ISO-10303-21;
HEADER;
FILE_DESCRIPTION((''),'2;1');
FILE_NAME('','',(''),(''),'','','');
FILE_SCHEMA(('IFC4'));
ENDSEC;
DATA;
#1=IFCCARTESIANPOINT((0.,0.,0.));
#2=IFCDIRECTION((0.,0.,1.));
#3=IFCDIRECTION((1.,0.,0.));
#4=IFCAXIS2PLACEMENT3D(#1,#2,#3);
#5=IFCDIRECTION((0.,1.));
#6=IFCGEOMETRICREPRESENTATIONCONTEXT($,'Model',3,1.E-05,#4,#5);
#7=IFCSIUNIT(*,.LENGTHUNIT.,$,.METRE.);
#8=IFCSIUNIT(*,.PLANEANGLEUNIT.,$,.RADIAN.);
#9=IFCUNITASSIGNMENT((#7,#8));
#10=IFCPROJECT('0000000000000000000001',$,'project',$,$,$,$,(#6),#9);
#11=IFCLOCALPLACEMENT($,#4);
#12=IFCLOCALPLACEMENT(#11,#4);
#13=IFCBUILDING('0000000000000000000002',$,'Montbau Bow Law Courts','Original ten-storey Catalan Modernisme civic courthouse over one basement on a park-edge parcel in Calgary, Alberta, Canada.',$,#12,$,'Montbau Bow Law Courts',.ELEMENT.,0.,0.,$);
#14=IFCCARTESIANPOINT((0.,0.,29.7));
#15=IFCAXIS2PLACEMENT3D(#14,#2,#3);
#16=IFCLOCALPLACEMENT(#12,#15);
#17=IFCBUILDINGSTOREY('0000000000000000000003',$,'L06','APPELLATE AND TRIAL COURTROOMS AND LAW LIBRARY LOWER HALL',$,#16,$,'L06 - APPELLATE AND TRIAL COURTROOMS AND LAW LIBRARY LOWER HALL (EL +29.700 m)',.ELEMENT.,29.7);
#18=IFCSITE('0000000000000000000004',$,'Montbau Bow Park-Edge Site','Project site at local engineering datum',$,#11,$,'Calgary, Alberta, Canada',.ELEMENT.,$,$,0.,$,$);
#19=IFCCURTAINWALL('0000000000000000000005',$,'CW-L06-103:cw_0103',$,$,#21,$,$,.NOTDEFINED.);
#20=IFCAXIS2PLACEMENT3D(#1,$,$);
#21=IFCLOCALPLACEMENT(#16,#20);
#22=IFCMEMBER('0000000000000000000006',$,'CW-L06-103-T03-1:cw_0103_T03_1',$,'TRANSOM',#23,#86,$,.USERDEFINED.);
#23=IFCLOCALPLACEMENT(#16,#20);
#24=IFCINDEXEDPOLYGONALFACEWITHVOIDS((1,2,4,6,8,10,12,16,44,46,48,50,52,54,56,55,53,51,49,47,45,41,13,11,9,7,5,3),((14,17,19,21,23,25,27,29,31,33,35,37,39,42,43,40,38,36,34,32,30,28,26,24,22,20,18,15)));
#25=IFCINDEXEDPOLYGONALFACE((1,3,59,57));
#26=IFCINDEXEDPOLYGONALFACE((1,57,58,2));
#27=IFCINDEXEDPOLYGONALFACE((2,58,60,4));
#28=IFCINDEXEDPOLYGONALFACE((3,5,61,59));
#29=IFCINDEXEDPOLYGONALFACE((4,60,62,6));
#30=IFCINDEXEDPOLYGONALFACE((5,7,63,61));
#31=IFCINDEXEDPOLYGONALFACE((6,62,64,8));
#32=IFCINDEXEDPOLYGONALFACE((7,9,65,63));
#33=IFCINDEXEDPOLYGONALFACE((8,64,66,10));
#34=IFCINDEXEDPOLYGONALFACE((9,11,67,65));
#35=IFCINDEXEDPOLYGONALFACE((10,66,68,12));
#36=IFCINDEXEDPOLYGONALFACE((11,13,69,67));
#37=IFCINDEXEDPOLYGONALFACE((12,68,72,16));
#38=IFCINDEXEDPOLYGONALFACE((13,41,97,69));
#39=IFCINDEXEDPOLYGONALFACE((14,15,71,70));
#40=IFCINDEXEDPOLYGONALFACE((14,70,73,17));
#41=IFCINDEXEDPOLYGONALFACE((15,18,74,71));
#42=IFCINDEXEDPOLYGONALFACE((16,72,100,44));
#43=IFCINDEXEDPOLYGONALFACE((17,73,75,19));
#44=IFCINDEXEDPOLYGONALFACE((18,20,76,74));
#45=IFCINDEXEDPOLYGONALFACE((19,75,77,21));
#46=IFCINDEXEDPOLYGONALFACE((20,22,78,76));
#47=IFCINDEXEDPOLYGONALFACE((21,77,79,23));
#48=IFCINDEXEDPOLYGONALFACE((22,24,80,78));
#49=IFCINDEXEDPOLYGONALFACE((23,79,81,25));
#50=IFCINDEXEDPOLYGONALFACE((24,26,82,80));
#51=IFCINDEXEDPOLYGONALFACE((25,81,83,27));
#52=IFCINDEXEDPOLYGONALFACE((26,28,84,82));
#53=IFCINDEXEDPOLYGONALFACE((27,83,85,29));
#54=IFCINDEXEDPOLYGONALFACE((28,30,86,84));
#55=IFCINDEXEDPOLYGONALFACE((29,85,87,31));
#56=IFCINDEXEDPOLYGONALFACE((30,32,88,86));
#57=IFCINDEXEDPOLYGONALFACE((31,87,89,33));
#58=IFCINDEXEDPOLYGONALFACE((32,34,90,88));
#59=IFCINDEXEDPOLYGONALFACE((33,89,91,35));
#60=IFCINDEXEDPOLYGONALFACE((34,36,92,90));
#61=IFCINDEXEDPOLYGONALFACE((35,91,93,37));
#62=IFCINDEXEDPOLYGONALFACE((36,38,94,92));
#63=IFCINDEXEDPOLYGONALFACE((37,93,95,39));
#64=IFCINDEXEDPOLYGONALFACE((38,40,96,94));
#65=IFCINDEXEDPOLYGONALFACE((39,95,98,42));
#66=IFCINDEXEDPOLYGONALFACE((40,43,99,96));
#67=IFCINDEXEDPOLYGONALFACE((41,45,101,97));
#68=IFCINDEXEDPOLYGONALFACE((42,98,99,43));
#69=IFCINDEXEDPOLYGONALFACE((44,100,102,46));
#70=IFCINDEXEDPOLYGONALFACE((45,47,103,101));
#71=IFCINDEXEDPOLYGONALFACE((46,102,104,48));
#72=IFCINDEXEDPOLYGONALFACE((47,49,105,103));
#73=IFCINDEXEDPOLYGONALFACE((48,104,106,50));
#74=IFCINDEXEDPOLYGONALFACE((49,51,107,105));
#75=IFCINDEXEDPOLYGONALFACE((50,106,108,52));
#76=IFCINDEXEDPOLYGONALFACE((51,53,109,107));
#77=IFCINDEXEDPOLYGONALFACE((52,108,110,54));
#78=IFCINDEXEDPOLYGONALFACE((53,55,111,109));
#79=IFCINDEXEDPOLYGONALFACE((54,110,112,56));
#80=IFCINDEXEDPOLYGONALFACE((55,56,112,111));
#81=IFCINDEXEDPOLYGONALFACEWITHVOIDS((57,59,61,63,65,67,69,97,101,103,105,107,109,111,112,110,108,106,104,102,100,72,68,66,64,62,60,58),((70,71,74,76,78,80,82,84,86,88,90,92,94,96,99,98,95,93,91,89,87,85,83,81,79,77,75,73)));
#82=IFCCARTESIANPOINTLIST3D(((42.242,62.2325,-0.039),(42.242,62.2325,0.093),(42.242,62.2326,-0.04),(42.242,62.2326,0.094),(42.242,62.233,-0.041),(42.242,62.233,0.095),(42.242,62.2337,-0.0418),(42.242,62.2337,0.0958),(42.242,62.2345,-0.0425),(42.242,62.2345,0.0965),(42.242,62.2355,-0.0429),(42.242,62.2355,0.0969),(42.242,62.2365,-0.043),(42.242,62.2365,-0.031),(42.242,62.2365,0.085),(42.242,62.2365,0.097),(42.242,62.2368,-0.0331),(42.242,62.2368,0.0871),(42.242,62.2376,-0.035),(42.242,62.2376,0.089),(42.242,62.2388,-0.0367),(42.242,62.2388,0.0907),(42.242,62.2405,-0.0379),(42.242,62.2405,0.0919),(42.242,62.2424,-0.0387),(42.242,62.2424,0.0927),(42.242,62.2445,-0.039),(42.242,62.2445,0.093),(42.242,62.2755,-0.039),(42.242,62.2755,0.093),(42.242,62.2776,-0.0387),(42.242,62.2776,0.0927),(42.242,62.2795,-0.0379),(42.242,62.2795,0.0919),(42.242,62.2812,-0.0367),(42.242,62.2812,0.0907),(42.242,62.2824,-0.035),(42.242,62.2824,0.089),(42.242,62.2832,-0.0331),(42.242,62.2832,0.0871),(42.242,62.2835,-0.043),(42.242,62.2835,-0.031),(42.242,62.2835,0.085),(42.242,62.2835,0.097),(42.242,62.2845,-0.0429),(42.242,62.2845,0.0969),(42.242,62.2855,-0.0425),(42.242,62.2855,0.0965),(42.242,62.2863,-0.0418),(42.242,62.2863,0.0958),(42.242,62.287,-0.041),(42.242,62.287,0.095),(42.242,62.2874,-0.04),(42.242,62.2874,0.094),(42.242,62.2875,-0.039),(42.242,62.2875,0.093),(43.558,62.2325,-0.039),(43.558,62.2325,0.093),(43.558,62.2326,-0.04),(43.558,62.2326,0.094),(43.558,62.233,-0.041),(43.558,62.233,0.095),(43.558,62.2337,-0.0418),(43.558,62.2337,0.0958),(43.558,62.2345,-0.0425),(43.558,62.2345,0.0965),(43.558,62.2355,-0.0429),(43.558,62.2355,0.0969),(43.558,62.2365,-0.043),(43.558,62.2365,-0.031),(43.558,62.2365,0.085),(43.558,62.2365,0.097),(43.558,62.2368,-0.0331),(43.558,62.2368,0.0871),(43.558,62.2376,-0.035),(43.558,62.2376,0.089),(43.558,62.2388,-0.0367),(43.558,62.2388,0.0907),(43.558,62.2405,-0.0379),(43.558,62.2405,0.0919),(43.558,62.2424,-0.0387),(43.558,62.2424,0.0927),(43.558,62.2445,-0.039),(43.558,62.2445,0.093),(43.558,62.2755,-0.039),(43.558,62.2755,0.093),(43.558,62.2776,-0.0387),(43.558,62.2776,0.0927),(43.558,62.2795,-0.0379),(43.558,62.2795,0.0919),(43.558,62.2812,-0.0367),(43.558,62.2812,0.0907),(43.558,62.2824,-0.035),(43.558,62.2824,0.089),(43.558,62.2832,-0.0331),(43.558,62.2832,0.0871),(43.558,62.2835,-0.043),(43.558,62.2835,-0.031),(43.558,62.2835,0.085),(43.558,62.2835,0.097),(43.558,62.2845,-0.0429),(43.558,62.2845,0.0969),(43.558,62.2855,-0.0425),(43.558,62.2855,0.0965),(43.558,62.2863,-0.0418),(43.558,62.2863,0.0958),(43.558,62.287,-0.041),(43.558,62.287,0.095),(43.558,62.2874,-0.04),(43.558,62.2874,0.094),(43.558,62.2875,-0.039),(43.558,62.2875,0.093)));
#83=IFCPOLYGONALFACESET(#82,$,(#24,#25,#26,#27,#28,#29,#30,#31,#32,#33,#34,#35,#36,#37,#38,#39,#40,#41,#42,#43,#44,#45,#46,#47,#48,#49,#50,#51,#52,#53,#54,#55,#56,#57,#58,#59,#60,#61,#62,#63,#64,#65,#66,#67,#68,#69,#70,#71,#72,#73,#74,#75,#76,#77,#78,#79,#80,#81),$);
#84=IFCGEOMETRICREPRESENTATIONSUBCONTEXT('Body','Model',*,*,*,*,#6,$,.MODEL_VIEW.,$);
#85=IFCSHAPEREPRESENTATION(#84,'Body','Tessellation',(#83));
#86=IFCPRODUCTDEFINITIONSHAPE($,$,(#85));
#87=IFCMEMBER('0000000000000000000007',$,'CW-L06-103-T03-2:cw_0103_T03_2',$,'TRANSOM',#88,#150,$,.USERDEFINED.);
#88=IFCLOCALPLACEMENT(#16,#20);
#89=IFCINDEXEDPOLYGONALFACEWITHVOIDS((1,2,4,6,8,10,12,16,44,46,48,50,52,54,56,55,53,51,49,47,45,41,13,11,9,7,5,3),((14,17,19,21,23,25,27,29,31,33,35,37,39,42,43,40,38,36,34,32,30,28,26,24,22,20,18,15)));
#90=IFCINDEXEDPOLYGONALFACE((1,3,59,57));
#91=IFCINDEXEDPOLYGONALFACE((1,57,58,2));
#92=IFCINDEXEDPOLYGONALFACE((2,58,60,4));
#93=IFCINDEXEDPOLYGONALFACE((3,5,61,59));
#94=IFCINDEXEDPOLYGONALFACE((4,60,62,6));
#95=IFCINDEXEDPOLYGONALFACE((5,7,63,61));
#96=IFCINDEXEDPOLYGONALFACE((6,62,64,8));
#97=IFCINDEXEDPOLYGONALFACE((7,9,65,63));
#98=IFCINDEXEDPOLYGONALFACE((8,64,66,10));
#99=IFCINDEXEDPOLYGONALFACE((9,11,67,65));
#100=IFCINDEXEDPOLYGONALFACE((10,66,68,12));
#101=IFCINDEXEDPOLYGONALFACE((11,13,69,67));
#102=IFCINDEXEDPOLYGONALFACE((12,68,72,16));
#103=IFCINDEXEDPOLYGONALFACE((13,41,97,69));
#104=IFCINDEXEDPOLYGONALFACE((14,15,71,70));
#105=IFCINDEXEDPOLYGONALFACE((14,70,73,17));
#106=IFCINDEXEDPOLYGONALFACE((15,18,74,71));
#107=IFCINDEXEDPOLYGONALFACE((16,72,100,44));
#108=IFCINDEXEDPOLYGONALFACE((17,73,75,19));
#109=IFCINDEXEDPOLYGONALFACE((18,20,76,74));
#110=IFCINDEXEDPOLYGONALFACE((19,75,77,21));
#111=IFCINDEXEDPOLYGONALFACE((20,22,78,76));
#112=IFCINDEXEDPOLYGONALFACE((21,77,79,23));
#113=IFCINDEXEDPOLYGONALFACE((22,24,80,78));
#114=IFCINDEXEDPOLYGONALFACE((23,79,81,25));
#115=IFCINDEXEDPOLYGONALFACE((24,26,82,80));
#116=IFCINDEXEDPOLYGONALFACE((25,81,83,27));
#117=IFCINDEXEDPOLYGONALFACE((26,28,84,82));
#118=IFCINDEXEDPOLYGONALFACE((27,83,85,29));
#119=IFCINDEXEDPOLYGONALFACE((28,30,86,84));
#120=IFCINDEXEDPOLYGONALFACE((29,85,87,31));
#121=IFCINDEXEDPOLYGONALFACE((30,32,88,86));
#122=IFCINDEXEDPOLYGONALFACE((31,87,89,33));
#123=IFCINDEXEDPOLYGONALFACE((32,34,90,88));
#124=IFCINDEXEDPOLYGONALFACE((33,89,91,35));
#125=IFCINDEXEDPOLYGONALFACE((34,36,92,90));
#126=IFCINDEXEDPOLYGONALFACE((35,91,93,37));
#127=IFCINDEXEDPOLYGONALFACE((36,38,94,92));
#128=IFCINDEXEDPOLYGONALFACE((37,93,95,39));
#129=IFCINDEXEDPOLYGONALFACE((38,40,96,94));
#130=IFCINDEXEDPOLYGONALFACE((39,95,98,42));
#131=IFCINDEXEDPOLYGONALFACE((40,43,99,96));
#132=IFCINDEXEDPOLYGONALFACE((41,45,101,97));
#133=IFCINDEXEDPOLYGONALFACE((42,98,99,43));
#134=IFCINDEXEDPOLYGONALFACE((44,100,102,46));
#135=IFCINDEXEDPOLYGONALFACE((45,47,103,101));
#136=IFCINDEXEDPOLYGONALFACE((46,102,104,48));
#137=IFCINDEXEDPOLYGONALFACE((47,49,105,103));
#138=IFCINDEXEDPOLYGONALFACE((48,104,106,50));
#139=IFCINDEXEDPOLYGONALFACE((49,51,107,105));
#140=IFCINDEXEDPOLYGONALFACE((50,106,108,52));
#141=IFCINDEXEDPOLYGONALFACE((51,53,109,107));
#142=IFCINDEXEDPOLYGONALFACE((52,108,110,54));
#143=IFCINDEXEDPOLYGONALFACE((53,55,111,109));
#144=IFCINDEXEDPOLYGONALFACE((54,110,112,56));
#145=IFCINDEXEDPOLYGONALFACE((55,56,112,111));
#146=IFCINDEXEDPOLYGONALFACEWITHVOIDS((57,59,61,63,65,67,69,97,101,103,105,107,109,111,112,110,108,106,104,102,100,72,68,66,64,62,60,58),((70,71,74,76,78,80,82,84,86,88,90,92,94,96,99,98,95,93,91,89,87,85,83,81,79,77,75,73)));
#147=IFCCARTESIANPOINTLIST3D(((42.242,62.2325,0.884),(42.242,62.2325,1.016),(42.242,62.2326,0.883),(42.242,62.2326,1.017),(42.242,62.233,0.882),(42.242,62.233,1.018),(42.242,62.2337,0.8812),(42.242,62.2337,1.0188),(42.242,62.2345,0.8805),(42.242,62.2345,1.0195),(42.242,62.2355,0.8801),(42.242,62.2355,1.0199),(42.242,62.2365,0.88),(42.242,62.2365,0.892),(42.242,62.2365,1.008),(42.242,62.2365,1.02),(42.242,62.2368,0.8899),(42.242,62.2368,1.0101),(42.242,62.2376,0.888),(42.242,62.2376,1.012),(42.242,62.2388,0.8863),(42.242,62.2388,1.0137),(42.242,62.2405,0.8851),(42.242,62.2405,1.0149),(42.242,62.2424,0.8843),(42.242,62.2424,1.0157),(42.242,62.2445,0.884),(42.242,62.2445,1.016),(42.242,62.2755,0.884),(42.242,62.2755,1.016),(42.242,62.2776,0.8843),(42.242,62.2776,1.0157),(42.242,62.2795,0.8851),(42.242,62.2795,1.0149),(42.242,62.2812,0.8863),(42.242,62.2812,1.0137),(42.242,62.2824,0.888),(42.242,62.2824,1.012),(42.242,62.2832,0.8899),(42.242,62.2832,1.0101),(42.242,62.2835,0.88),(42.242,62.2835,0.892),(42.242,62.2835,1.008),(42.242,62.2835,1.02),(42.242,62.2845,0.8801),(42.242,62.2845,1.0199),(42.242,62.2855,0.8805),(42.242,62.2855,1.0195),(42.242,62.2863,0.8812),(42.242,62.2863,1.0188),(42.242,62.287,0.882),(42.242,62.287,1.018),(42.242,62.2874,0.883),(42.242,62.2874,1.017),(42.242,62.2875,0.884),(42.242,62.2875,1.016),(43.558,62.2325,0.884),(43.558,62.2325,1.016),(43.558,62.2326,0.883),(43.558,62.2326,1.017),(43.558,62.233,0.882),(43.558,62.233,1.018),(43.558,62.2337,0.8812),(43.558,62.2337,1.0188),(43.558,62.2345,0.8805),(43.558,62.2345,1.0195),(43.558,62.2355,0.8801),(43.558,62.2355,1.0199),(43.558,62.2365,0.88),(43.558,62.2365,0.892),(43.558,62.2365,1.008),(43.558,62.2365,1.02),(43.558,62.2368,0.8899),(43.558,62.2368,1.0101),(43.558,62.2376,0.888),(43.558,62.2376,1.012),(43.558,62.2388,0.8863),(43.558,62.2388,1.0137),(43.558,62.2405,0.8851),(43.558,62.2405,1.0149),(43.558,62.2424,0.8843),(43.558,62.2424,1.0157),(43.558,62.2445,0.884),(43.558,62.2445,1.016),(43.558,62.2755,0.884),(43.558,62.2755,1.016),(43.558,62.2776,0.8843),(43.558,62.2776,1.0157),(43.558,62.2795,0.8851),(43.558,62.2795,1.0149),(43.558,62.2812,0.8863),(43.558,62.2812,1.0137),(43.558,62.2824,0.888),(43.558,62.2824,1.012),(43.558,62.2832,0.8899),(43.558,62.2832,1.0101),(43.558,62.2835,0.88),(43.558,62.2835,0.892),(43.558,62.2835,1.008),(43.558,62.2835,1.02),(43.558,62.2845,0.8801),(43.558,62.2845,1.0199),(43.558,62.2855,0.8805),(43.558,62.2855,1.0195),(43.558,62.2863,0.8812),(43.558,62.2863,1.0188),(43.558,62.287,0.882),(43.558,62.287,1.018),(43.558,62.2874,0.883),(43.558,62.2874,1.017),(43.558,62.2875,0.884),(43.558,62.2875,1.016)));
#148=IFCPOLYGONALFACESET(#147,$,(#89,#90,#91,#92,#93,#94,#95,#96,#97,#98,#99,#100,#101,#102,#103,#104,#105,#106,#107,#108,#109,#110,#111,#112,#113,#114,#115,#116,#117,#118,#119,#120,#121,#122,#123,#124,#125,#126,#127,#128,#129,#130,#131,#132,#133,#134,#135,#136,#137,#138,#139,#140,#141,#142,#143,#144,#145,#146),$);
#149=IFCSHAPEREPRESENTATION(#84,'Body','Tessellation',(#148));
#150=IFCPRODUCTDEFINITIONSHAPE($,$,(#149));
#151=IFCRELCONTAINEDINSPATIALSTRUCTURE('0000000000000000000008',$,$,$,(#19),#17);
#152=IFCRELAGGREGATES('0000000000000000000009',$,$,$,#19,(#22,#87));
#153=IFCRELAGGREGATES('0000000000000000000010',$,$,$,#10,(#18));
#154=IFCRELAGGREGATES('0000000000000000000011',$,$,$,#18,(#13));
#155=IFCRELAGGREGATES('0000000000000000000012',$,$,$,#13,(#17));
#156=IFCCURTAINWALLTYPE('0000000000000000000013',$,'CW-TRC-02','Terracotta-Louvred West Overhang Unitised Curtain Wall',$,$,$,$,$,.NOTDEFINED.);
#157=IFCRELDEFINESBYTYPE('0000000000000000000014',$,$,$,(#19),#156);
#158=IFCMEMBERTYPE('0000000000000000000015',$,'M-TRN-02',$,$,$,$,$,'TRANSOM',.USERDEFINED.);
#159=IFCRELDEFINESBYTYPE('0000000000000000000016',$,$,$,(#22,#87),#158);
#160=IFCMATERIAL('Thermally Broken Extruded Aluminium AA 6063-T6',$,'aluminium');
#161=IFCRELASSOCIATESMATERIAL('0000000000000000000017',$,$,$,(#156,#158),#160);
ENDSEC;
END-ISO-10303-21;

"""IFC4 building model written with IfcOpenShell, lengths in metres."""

from ifc_helpers import new_model, si_unit, direction, frame, origin_with_axes, origin_2d_with_axis, place, context, subcontext, project, spatial, hollow_rectangle, extrude, material, material_profile, profile_set, type_object, element, aggregate, save


model = new_model("IFC4")

# Units and contexts
model_context = context("Model", 3, precision=1e-05, world=origin_with_axes(), true_north=direction((0.0, 1.0)))
body_context = subcontext(model_context, "Body", "Model", "MODEL_VIEW")
ifc_project = project(units=[si_unit("LENGTHUNIT", "METRE"), si_unit("PLANEANGLEUNIT", "RADIAN")], contexts=[model_context])

# Site, building, storey
site_placement = place(None, origin_with_axes())
site = spatial("IfcSite", under=ifc_project, at=site_placement, Name="Montbau Bow Park-Edge Site", Description="Project site at local engineering datum", LongName="Calgary, Alberta, Canada", CompositionType="ELEMENT", RefElevation=0.0)
building_placement = place(site_placement, origin_with_axes())
building = spatial("IfcBuilding", under=site, at=building_placement, Name="Montbau Bow Law Courts", Description="Original ten-storey Catalan Modernisme civic courthouse over one basement on a park-edge parcel in Calgary, Alberta, Canada.", LongName="Montbau Bow Law Courts", CompositionType="ELEMENT", ElevationOfRefHeight=0.0, ElevationOfTerrain=0.0)
storey_placement = place(building_placement, frame((0.0, 0.0, 29.7), z_axis=(0.0, 0.0, 1.0), x_axis=(1.0, 0.0, 0.0)))
storey = spatial("IfcBuildingStorey", under=building, at=storey_placement, Name="L06", Description="APPELLATE AND TRIAL COURTROOMS AND LAW LIBRARY LOWER HALL", LongName="L06 - APPELLATE AND TRIAL COURTROOMS AND LAW LIBRARY LOWER HALL (EL +29.700 m)", CompositionType="ELEMENT", Elevation=29.7)

# Curtain wall, members
ifc_material_1 = material(Name="Thermally Broken Extruded Aluminium AA 6063-T6", Category="aluminium")
curtain_wall_type = type_object("IfcCurtainWallType", Name="CW-TRC-02", Description="Terracotta-Louvred West Overhang Unitised Curtain Wall", PredefinedType="NOTDEFINED", material=ifc_material_1)
curtain_wall_placement = place(None, frame((39.44, 62.26, 29.7), z_axis=(0.0, 0.0, 1.0), x_axis=(1.0, 0.0, 0.0)))
curtain_wall = element("IfcCurtainWall", 1, at=curtain_wall_placement, inside=storey, type_object=curtain_wall_type, Name="CW-L06-103:cw_0103", PredefinedType="NOTDEFINED")
ifc_material_profile_1 = material_profile(ifc_material_1, hollow_rectangle(XDim=0.055, YDim=0.14, WallThickness=0.004, InnerFilletRadius=0.008, OuterFilletRadius=0.004, at=origin_2d_with_axis()), Name="CWT-140X55", Category="Main", Priority=0)
ifc_profile_set_1 = profile_set([ifc_material_profile_1], Name="Thermally Broken Extruded Aluminium AA 6063-T6")
member_type_1 = type_object("IfcMemberType", Name="M-TRN-02", ElementType="TRANSOM", PredefinedType="USERDEFINED", material=ifc_profile_set_1)
member_1_placement = place(None, frame((42.242, 62.26, 29.727), z_axis=(1.0, 0.0, 0.0), x_axis=(0.0, 1.0, 0.0)))
member_1 = element("IfcMember", 2, at=member_1_placement, type_object=member_type_1, Name="CW-L06-103-T03-1:cw_0103_T03_1", ObjectType="TRANSOM", PredefinedType="USERDEFINED", context=body_context, shape_type="SweptSolid", body=[
    extrude(hollow_rectangle(XDim=0.055, YDim=0.14, WallThickness=0.004, InnerFilletRadius=0.008, OuterFilletRadius=0.004, at=origin_2d_with_axis()), origin_with_axes(), (0.0, 0.0, 1.0), 1.316),
])
member_2_placement = place(None, frame((42.242, 62.26, 30.65), z_axis=(1.0, 0.0, 0.0), x_axis=(0.0, 1.0, 0.0)))
member_2 = element("IfcMember", 3, at=member_2_placement, type_object=member_type_1, Name="CW-L06-103-T03-2:cw_0103_T03_2", ObjectType="TRANSOM", PredefinedType="USERDEFINED", context=body_context, shape_type="SweptSolid", body=[
    extrude(hollow_rectangle(XDim=0.055, YDim=0.14, WallThickness=0.004, InnerFilletRadius=0.008, OuterFilletRadius=0.004, at=origin_2d_with_axis()), origin_with_axes(), (0.0, 0.0, 1.0), 1.316),
])
aggregate(curtain_wall, [member_1, member_2])

save(model, "model.ifc")
